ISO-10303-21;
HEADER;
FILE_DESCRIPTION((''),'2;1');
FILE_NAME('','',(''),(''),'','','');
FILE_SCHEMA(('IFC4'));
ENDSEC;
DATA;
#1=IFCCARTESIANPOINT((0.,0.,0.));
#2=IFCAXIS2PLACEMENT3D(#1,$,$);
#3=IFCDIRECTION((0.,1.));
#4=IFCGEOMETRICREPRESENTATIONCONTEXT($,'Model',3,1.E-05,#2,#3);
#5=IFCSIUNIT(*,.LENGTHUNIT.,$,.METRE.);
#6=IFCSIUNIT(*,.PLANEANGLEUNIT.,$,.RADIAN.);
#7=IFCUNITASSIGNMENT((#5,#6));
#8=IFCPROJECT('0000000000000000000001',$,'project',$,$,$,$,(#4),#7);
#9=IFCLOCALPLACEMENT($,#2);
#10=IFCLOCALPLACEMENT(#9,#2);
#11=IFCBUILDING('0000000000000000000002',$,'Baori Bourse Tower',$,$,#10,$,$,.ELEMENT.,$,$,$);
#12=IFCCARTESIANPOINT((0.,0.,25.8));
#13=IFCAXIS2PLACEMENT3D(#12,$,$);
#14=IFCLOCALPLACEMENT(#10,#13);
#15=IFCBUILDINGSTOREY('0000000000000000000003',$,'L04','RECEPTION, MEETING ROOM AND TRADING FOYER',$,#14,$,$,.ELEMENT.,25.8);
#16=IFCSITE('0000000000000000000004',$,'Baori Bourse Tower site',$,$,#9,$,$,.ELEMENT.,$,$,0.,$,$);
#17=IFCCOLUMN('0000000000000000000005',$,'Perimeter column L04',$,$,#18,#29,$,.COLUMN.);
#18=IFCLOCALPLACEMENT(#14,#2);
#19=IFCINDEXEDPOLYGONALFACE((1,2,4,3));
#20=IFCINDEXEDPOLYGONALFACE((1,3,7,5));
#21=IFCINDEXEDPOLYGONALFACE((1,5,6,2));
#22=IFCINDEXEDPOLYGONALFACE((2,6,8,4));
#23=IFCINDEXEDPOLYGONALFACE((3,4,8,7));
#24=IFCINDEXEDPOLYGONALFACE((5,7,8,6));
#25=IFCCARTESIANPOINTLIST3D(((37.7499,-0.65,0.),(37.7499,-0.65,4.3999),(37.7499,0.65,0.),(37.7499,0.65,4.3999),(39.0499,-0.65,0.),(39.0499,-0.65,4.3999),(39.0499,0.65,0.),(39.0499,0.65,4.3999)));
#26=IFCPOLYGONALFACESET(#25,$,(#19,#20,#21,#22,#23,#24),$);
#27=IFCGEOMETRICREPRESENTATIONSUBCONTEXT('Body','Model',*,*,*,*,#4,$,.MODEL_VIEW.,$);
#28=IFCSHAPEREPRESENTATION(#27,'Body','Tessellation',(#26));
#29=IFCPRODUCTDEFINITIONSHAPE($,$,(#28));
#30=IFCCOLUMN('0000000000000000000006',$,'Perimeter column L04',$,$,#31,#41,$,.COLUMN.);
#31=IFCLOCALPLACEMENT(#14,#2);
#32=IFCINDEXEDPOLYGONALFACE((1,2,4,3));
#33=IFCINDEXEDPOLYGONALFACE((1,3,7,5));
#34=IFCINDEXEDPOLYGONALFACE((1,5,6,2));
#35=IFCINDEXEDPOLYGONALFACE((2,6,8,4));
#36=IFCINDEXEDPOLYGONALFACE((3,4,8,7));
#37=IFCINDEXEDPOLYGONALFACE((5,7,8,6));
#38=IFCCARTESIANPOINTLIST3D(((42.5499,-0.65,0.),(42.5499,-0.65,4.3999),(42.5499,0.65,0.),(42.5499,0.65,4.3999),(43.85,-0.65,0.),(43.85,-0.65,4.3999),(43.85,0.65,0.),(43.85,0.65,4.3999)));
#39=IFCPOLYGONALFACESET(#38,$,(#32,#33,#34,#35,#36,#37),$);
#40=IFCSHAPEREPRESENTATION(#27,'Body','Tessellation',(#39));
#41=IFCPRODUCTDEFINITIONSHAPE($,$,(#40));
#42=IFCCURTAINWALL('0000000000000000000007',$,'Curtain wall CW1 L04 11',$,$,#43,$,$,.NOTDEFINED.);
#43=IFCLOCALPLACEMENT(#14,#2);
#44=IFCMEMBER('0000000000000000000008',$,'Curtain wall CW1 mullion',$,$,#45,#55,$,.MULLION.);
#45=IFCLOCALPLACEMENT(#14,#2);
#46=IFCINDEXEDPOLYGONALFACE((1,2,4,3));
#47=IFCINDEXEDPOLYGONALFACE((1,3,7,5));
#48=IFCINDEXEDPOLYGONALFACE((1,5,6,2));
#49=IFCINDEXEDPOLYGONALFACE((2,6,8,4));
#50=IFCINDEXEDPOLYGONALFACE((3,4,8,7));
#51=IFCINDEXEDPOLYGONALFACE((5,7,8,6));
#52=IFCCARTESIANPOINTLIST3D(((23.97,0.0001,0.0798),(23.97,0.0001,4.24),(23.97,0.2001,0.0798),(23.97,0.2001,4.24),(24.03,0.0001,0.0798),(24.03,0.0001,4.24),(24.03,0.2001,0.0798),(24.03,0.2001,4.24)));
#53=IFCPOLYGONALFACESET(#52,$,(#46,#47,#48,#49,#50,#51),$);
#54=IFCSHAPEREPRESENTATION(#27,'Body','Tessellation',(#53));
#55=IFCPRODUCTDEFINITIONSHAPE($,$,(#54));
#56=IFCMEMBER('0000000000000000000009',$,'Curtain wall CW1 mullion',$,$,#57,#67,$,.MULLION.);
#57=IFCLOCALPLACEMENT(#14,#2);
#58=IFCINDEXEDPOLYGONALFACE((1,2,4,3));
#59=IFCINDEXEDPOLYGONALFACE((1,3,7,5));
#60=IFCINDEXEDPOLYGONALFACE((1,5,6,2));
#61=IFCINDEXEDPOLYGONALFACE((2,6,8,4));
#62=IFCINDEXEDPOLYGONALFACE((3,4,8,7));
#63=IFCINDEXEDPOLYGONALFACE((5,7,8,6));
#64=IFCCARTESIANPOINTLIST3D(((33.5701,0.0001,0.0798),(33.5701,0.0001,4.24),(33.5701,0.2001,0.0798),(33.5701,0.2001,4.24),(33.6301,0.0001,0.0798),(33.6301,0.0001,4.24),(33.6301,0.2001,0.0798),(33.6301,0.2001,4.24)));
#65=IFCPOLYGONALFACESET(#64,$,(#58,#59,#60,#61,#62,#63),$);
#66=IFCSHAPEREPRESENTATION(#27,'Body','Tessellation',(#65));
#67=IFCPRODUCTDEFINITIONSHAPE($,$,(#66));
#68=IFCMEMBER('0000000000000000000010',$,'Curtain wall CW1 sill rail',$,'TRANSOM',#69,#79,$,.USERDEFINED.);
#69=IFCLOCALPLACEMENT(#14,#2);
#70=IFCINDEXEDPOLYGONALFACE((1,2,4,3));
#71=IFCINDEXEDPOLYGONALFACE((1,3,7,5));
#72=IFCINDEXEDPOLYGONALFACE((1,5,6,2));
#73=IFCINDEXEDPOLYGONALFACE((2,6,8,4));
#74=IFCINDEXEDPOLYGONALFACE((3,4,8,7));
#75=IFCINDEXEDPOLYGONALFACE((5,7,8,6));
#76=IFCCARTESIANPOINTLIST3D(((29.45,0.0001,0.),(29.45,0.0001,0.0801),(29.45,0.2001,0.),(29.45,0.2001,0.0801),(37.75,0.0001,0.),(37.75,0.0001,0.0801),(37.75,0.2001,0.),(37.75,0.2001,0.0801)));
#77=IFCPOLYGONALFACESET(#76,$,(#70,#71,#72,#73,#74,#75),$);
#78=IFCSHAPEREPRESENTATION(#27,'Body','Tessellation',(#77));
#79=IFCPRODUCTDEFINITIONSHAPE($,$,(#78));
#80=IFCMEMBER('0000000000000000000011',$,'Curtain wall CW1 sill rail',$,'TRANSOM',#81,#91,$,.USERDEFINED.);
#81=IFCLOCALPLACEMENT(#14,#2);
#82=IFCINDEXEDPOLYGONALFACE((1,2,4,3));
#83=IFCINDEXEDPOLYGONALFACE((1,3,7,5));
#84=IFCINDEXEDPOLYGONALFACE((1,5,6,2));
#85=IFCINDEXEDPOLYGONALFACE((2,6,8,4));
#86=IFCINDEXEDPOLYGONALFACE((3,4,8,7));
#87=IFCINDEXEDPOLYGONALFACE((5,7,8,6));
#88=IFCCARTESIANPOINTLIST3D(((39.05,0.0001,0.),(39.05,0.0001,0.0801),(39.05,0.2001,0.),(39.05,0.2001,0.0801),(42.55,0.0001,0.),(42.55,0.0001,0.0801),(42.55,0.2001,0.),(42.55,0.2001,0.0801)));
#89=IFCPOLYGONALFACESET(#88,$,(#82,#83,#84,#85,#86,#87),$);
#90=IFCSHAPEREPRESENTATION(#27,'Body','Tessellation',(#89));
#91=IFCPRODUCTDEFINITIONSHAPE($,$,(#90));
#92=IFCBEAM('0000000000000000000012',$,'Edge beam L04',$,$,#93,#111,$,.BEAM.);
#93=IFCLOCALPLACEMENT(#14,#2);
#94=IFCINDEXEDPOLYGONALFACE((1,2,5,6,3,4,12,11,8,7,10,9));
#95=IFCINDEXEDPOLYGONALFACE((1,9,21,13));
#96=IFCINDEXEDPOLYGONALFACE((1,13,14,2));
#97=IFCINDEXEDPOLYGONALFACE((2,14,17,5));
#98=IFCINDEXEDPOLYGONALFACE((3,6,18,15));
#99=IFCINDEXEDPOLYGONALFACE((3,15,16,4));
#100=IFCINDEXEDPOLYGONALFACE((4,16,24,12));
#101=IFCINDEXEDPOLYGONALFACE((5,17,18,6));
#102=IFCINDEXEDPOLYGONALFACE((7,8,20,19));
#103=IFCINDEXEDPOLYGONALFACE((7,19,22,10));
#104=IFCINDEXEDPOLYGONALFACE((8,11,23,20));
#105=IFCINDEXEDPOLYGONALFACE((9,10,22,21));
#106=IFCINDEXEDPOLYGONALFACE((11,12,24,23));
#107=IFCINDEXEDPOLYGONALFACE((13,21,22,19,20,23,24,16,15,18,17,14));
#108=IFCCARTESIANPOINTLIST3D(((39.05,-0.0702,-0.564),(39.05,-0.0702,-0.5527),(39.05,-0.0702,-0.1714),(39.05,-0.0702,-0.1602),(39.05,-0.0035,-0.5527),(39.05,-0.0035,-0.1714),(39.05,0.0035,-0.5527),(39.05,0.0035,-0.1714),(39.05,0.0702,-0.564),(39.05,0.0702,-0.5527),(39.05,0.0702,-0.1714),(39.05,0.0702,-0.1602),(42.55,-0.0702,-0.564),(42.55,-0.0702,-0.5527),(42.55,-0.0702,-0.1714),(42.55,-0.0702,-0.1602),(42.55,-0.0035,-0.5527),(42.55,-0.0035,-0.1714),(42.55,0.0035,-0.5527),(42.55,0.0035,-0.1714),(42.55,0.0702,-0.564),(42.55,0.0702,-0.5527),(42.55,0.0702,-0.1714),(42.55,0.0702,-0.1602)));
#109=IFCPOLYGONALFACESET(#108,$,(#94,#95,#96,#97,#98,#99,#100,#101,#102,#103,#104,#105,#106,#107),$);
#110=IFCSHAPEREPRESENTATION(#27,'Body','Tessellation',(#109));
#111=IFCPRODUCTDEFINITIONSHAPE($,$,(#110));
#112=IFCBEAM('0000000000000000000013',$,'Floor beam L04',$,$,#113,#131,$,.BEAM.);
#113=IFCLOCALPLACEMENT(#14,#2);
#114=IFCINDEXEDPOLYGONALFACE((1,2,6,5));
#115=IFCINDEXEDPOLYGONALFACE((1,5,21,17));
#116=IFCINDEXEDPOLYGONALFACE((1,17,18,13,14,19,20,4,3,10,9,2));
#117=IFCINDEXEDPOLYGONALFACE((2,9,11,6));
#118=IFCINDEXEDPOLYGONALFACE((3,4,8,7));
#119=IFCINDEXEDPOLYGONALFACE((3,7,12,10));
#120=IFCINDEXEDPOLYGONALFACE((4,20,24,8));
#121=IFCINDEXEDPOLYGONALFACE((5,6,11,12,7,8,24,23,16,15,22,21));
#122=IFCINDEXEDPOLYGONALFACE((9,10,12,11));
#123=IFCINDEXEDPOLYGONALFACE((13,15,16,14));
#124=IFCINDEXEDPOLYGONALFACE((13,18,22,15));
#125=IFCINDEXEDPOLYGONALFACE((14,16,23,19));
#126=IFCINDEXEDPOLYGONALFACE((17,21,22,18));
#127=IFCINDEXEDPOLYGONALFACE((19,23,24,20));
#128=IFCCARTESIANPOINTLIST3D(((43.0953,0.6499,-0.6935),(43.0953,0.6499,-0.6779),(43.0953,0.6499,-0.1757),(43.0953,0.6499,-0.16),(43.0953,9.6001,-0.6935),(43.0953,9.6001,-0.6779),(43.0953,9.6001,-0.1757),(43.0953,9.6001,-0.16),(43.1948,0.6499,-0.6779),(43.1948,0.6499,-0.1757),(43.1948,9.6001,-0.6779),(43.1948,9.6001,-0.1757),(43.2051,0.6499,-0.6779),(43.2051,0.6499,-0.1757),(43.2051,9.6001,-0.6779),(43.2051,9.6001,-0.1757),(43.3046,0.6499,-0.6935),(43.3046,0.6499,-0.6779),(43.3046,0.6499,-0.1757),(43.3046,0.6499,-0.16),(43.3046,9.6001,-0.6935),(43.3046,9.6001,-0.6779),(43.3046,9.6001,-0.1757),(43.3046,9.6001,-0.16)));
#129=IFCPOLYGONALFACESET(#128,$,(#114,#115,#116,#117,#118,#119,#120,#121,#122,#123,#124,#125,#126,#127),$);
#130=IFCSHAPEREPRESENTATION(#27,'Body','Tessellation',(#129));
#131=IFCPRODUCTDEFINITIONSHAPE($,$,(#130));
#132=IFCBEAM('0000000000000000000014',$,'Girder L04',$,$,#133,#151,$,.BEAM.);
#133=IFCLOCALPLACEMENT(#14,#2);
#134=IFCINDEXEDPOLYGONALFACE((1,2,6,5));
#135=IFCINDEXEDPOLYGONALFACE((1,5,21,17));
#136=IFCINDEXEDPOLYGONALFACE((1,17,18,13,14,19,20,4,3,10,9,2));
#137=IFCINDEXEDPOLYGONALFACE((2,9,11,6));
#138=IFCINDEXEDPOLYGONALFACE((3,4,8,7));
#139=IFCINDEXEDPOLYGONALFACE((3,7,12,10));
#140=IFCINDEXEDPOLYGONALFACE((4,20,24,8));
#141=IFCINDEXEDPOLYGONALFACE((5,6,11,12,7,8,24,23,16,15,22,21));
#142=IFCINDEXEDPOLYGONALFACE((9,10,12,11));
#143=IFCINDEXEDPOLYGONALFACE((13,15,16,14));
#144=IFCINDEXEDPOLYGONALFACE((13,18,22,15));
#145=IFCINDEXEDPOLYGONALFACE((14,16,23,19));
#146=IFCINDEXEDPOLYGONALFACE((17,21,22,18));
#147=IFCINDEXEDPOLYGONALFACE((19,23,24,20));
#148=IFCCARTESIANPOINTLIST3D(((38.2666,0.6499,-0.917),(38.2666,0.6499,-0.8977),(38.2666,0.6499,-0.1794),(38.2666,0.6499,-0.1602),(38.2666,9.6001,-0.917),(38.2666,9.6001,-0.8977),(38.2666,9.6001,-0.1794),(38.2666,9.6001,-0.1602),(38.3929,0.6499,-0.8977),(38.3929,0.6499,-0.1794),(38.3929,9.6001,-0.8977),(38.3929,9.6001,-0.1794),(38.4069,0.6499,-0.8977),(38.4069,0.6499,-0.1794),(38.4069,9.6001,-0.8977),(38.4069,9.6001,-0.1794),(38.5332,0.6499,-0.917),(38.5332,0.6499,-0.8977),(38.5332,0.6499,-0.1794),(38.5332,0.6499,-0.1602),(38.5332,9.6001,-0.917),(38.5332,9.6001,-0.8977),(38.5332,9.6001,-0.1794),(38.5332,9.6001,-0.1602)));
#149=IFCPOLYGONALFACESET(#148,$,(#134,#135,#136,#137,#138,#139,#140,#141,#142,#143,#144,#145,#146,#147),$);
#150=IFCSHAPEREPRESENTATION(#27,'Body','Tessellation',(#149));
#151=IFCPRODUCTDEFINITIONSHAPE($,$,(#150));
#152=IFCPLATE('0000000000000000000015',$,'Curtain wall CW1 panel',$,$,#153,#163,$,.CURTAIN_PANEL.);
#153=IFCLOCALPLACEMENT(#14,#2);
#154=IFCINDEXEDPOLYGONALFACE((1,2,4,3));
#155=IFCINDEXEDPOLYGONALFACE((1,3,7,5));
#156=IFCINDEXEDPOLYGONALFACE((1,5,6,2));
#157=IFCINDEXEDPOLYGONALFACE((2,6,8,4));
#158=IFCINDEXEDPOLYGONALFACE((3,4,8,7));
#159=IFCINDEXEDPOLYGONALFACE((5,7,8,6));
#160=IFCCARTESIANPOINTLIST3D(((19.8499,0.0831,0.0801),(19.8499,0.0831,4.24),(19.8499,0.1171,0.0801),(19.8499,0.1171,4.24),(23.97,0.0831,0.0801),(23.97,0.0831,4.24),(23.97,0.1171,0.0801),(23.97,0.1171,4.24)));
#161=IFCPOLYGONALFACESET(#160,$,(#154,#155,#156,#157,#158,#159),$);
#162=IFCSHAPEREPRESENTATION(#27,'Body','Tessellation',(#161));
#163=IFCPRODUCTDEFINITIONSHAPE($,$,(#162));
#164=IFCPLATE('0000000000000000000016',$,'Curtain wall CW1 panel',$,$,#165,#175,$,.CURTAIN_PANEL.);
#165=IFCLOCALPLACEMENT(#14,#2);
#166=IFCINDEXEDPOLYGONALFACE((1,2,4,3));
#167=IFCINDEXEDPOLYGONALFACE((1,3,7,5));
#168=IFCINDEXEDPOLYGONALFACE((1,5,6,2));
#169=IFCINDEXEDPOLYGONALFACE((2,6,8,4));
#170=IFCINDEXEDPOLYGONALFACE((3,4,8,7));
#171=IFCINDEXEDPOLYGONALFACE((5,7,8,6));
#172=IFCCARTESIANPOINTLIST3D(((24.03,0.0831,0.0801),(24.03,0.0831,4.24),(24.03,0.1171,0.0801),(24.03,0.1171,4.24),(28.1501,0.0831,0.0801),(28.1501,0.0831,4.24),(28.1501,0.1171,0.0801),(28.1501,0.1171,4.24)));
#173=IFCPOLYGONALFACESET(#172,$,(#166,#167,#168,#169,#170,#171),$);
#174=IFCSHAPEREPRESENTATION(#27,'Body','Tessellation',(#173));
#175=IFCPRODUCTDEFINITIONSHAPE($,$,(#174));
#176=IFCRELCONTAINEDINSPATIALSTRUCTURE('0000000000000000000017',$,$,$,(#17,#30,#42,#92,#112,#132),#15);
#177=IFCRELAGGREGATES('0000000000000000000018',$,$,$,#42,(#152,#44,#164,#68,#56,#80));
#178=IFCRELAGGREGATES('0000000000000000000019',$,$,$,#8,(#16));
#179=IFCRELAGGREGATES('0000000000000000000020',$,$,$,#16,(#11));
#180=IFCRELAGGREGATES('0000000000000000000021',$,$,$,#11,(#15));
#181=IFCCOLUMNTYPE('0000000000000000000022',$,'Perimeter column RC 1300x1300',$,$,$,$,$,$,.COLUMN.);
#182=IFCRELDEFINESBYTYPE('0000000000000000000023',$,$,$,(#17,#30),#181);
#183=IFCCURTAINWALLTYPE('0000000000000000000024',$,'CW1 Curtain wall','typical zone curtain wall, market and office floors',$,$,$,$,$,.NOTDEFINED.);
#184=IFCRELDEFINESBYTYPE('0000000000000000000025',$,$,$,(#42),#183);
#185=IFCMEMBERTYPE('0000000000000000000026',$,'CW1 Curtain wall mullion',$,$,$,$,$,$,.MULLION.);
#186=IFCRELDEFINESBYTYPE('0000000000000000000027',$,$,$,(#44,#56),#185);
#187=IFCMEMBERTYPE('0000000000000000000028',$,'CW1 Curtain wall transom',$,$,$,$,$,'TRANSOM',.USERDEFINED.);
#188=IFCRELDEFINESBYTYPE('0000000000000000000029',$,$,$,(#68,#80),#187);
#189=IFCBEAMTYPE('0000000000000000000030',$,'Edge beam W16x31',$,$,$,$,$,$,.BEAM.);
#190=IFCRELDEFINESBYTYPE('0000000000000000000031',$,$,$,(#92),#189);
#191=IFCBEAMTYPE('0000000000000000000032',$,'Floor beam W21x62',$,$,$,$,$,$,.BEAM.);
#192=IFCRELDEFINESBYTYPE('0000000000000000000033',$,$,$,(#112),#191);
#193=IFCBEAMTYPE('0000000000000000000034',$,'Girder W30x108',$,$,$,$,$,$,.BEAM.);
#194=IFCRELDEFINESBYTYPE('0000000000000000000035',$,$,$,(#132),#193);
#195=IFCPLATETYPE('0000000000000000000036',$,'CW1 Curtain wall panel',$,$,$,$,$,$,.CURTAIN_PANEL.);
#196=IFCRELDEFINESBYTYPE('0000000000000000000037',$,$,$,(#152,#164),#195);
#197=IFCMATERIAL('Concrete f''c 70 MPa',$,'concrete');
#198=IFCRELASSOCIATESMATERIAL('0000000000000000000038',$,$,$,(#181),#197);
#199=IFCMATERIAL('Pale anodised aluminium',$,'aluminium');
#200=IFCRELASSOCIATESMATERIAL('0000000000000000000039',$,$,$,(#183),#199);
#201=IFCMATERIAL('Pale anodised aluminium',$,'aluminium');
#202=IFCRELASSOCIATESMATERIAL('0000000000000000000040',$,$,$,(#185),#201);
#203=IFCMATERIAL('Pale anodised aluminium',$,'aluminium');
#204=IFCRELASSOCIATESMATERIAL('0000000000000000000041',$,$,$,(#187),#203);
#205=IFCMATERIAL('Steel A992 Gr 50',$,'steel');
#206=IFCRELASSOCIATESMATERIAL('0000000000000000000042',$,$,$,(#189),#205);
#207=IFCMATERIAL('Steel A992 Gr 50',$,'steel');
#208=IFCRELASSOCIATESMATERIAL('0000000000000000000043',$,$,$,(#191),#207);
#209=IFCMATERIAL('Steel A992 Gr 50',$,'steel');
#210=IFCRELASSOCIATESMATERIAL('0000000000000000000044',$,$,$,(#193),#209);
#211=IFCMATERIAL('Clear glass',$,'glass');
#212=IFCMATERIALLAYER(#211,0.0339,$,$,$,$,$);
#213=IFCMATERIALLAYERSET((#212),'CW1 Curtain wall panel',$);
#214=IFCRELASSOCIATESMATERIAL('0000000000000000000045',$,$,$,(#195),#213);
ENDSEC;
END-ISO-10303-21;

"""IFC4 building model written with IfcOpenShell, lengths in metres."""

from ifc_helpers import new_model, si_unit, direction, frame, origin, origin_2d, place, context, subcontext, project, spatial, rectangle, i_section, extrude, material, layer, layer_set, material_profile, profile_set, type_object, element, aggregate, save


model = new_model("IFC4")

# Units and contexts
model_context = context("Model", 3, precision=1e-05, world=origin(), true_north=direction((0.0, 1.0)))
body_context = subcontext(model_context, "Body", "Model", "MODEL_VIEW")
ifc_project = project(units=[si_unit("LENGTHUNIT", "METRE"), si_unit("PLANEANGLEUNIT", "RADIAN")], contexts=[model_context])

# Site, building, storey
site_placement = place(None, origin())
site = spatial("IfcSite", under=ifc_project, at=site_placement, Name="Baori Bourse Tower site", CompositionType="ELEMENT", RefElevation=0.0)
building_placement = place(site_placement, origin())
building = spatial("IfcBuilding", under=site, at=building_placement, Name="Baori Bourse Tower", CompositionType="ELEMENT")
storey_placement = place(building_placement, frame((0.0, 0.0, 25.8)))
storey = spatial("IfcBuildingStorey", under=building, at=storey_placement, Name="L04", Description="RECEPTION, MEETING ROOM AND TRADING FOYER", CompositionType="ELEMENT", Elevation=25.8)

# Columns
ifc_material_1 = material(Name="Concrete f'c 70 MPa", Category="concrete")
ifc_material_profile_1 = material_profile(ifc_material_1, rectangle(XDim=1.3, YDim=1.3, at=origin_2d()), Name="RC 1300x1300")
ifc_profile_set_1 = profile_set([ifc_material_profile_1], Name="Concrete f'c 70 MPa")
column_type = type_object("IfcColumnType", Name="Perimeter column RC 1300x1300", PredefinedType="COLUMN", material=ifc_profile_set_1)
for number, where, z_axis, x_axis, name in (
    (1, (38.3999, 0.0, 0.0), (0.0, 0.0, 1.0), (1.0, 0.0, 0.0), "Perimeter column L04"),
    (2, (43.2, 0.0, 0.0), (0.0, 0.0, 1.0), (1.0, 0.0, 0.0), "Perimeter column L04"),
):
    element("IfcColumn", number, at=place(storey_placement, frame(where, z_axis=z_axis, x_axis=x_axis)), inside=storey, type_object=column_type, Name=name, PredefinedType="COLUMN", context=body_context, shape_type="SweptSolid", body=[
        extrude(rectangle(XDim=1.3, YDim=1.3, at=origin_2d()), origin(), (0.0, 0.0, 1.0), 4.3999),
    ])

# Curtain wall, members
ifc_material_2 = material(Name="Pale anodised aluminium", Category="aluminium")
curtain_wall_type = type_object("IfcCurtainWallType", Name="CW1 Curtain wall", Description="typical zone curtain wall, market and office floors", PredefinedType="NOTDEFINED", material=ifc_material_2)
curtain_wall_placement = place(storey_placement, origin())
curtain_wall = element("IfcCurtainWall", 3, at=curtain_wall_placement, inside=storey, type_object=curtain_wall_type, Name="Curtain wall CW1 L04 11", PredefinedType="NOTDEFINED")
ifc_material_3 = material(Name="Pale anodised aluminium", Category="aluminium")
ifc_material_profile_2 = material_profile(ifc_material_3, rectangle(XDim=0.2, YDim=0.0601, at=origin_2d()), Name="Mullion 60x200")
ifc_profile_set_2 = profile_set([ifc_material_profile_2], Name="Pale anodised aluminium")
member_type_1 = type_object("IfcMemberType", Name="CW1 Curtain wall mullion", PredefinedType="MULLION", material=ifc_profile_set_2)
member_1_placement = place(storey_placement, frame((24.0, 0.1001, 0.0798), z_axis=(0.0, 0.0, 1.0), x_axis=(0.0, 1.0, 0.0)))
member_1 = element("IfcMember", 4, at=member_1_placement, type_object=member_type_1, Name="Curtain wall CW1 mullion", PredefinedType="MULLION", context=body_context, shape_type="SweptSolid", body=[
    extrude(rectangle(XDim=0.2, YDim=0.0601, at=origin_2d()), origin(), (0.0, 0.0, 1.0), 4.1602),
])
member_2_placement = place(storey_placement, frame((33.6001, 0.1001, 0.0798), z_axis=(0.0, 0.0, 1.0), x_axis=(0.0, 1.0, 0.0)))
member_2 = element("IfcMember", 5, at=member_2_placement, type_object=member_type_1, Name="Curtain wall CW1 mullion", PredefinedType="MULLION", context=body_context, shape_type="SweptSolid", body=[
    extrude(rectangle(XDim=0.2, YDim=0.0601, at=origin_2d()), origin(), (0.0, 0.0, 1.0), 4.1602),
])
ifc_material_4 = material(Name="Pale anodised aluminium", Category="aluminium")
ifc_material_profile_3 = material_profile(ifc_material_4, rectangle(XDim=0.2, YDim=0.0801, at=origin_2d()), Name="Transom 80x200")
ifc_profile_set_3 = profile_set([ifc_material_profile_3], Name="Pale anodised aluminium")
member_type_2 = type_object("IfcMemberType", Name="CW1 Curtain wall transom", ElementType="TRANSOM", PredefinedType="USERDEFINED", material=ifc_profile_set_3)
member_3_placement = place(storey_placement, frame((29.45, 0.1001, 0.04), z_axis=(1.0, 0.0, 0.0), x_axis=(0.0, 1.0, 0.0)))
member_3 = element("IfcMember", 6, at=member_3_placement, type_object=member_type_2, Name="Curtain wall CW1 sill rail", ObjectType="TRANSOM", PredefinedType="USERDEFINED", context=body_context, shape_type="SweptSolid", body=[
    extrude(rectangle(XDim=0.2, YDim=0.0801, at=origin_2d()), origin(), (0.0, 0.0, 1.0), 8.3),
])
member_4_placement = place(storey_placement, frame((39.05, 0.1001, 0.04), z_axis=(1.0, 0.0, 0.0), x_axis=(0.0, 1.0, 0.0)))
member_4 = element("IfcMember", 7, at=member_4_placement, type_object=member_type_2, Name="Curtain wall CW1 sill rail", ObjectType="TRANSOM", PredefinedType="USERDEFINED", context=body_context, shape_type="SweptSolid", body=[
    extrude(rectangle(XDim=0.2, YDim=0.0801, at=origin_2d()), origin(), (0.0, 0.0, 1.0), 3.5),
])

# Beams
ifc_material_5 = material(Name="Steel A992 Gr 50", Category="steel")
ifc_material_profile_4 = material_profile(ifc_material_5, i_section(OverallWidth=0.1404, OverallDepth=0.4038, WebThickness=0.0071, FlangeThickness=0.0112, at=origin_2d()), Name="W16x31")
ifc_profile_set_4 = profile_set([ifc_material_profile_4], Name="Steel A992 Gr 50")
beam_type_1 = type_object("IfcBeamType", Name="Edge beam W16x31", PredefinedType="BEAM", material=ifc_profile_set_4)
beam_1_placement = place(storey_placement, frame((39.05, 0.0, -0.3621), z_axis=(1.0, 0.0, 0.0), x_axis=(0.0, 1.0, 0.0)))
element("IfcBeam", 8, at=beam_1_placement, inside=storey, type_object=beam_type_1, Name="Edge beam L04", PredefinedType="BEAM", context=body_context, shape_type="SweptSolid", body=[
    extrude(i_section(OverallWidth=0.1404, OverallDepth=0.4038, WebThickness=0.0071, FlangeThickness=0.0112, at=origin_2d()), origin(), (0.0, 0.0, 1.0), 3.5),
])
ifc_material_6 = material(Name="Steel A992 Gr 50", Category="steel")
ifc_material_profile_5 = material_profile(ifc_material_6, i_section(OverallWidth=0.2092, OverallDepth=0.5334, WebThickness=0.0103, FlangeThickness=0.0156, at=origin_2d()), Name="W21x62")
ifc_profile_set_5 = profile_set([ifc_material_profile_5], Name="Steel A992 Gr 50")
beam_type_2 = type_object("IfcBeamType", Name="Floor beam W21x62", PredefinedType="BEAM", material=ifc_profile_set_5)
beam_2_placement = place(storey_placement, frame((43.2, 0.6499, -0.4268), z_axis=(0.0, 1.0, 0.0), x_axis=(-1.0, 0.0, 0.0)))
element("IfcBeam", 9, at=beam_2_placement, inside=storey, type_object=beam_type_2, Name="Floor beam L04", PredefinedType="BEAM", context=body_context, shape_type="SweptSolid", body=[
    extrude(i_section(OverallWidth=0.2092, OverallDepth=0.5334, WebThickness=0.0103, FlangeThickness=0.0156, at=origin_2d()), origin(), (0.0, 0.0, 1.0), 8.9502),
])
ifc_material_7 = material(Name="Steel A992 Gr 50", Category="steel")
ifc_material_profile_6 = material_profile(ifc_material_7, i_section(OverallWidth=0.2666, OverallDepth=0.7568, WebThickness=0.0139, FlangeThickness=0.0193, at=origin_2d()), Name="W30x108")
ifc_profile_set_6 = profile_set([ifc_material_profile_6], Name="Steel A992 Gr 50")
beam_type_3 = type_object("IfcBeamType", Name="Girder W30x108", PredefinedType="BEAM", material=ifc_profile_set_6)
beam_3_placement = place(storey_placement, frame((38.3999, 0.6499, -0.5386), z_axis=(0.0, 1.0, 0.0), x_axis=(-1.0, 0.0, 0.0)))
element("IfcBeam", 10, at=beam_3_placement, inside=storey, type_object=beam_type_3, Name="Girder L04", PredefinedType="BEAM", context=body_context, shape_type="SweptSolid", body=[
    extrude(i_section(OverallWidth=0.2666, OverallDepth=0.7568, WebThickness=0.0139, FlangeThickness=0.0193, at=origin_2d()), origin(), (0.0, 0.0, 1.0), 8.9502),
])

# Plates
ifc_material_8 = material(Name="Clear glass", Category="glass")
ifc_layer_1 = layer(ifc_material_8, 0.0339)
ifc_layer_set_1 = layer_set([ifc_layer_1], Name="CW1 Curtain wall panel")
plate_type = type_object("IfcPlateType", Name="CW1 Curtain wall panel", PredefinedType="CURTAIN_PANEL", material=ifc_layer_set_1)
plate_1_placement = place(storey_placement, frame((21.9099, 0.1001, 0.0801), z_axis=(0.0, 0.0, 1.0), x_axis=(1.0, 0.0, 0.0)))
plate_1 = element("IfcPlate", 11, at=plate_1_placement, type_object=plate_type, Name="Curtain wall CW1 panel", PredefinedType="CURTAIN_PANEL", context=body_context, shape_type="SweptSolid", body=[
    extrude(rectangle(XDim=4.1201, YDim=0.0339, at=origin_2d()), origin(), (0.0, 0.0, 1.0), 4.1599),
])
plate_2_placement = place(storey_placement, frame((26.0901, 0.1001, 0.0801), z_axis=(0.0, 0.0, 1.0), x_axis=(1.0, 0.0, 0.0)))
plate_2 = element("IfcPlate", 12, at=plate_2_placement, type_object=plate_type, Name="Curtain wall CW1 panel", PredefinedType="CURTAIN_PANEL", context=body_context, shape_type="SweptSolid", body=[
    extrude(rectangle(XDim=4.1201, YDim=0.0339, at=origin_2d()), origin(), (0.0, 0.0, 1.0), 4.1599),
])
aggregate(curtain_wall, [plate_1, member_1, plate_2, member_3, member_2, member_4])

save(model, "model.ifc")
